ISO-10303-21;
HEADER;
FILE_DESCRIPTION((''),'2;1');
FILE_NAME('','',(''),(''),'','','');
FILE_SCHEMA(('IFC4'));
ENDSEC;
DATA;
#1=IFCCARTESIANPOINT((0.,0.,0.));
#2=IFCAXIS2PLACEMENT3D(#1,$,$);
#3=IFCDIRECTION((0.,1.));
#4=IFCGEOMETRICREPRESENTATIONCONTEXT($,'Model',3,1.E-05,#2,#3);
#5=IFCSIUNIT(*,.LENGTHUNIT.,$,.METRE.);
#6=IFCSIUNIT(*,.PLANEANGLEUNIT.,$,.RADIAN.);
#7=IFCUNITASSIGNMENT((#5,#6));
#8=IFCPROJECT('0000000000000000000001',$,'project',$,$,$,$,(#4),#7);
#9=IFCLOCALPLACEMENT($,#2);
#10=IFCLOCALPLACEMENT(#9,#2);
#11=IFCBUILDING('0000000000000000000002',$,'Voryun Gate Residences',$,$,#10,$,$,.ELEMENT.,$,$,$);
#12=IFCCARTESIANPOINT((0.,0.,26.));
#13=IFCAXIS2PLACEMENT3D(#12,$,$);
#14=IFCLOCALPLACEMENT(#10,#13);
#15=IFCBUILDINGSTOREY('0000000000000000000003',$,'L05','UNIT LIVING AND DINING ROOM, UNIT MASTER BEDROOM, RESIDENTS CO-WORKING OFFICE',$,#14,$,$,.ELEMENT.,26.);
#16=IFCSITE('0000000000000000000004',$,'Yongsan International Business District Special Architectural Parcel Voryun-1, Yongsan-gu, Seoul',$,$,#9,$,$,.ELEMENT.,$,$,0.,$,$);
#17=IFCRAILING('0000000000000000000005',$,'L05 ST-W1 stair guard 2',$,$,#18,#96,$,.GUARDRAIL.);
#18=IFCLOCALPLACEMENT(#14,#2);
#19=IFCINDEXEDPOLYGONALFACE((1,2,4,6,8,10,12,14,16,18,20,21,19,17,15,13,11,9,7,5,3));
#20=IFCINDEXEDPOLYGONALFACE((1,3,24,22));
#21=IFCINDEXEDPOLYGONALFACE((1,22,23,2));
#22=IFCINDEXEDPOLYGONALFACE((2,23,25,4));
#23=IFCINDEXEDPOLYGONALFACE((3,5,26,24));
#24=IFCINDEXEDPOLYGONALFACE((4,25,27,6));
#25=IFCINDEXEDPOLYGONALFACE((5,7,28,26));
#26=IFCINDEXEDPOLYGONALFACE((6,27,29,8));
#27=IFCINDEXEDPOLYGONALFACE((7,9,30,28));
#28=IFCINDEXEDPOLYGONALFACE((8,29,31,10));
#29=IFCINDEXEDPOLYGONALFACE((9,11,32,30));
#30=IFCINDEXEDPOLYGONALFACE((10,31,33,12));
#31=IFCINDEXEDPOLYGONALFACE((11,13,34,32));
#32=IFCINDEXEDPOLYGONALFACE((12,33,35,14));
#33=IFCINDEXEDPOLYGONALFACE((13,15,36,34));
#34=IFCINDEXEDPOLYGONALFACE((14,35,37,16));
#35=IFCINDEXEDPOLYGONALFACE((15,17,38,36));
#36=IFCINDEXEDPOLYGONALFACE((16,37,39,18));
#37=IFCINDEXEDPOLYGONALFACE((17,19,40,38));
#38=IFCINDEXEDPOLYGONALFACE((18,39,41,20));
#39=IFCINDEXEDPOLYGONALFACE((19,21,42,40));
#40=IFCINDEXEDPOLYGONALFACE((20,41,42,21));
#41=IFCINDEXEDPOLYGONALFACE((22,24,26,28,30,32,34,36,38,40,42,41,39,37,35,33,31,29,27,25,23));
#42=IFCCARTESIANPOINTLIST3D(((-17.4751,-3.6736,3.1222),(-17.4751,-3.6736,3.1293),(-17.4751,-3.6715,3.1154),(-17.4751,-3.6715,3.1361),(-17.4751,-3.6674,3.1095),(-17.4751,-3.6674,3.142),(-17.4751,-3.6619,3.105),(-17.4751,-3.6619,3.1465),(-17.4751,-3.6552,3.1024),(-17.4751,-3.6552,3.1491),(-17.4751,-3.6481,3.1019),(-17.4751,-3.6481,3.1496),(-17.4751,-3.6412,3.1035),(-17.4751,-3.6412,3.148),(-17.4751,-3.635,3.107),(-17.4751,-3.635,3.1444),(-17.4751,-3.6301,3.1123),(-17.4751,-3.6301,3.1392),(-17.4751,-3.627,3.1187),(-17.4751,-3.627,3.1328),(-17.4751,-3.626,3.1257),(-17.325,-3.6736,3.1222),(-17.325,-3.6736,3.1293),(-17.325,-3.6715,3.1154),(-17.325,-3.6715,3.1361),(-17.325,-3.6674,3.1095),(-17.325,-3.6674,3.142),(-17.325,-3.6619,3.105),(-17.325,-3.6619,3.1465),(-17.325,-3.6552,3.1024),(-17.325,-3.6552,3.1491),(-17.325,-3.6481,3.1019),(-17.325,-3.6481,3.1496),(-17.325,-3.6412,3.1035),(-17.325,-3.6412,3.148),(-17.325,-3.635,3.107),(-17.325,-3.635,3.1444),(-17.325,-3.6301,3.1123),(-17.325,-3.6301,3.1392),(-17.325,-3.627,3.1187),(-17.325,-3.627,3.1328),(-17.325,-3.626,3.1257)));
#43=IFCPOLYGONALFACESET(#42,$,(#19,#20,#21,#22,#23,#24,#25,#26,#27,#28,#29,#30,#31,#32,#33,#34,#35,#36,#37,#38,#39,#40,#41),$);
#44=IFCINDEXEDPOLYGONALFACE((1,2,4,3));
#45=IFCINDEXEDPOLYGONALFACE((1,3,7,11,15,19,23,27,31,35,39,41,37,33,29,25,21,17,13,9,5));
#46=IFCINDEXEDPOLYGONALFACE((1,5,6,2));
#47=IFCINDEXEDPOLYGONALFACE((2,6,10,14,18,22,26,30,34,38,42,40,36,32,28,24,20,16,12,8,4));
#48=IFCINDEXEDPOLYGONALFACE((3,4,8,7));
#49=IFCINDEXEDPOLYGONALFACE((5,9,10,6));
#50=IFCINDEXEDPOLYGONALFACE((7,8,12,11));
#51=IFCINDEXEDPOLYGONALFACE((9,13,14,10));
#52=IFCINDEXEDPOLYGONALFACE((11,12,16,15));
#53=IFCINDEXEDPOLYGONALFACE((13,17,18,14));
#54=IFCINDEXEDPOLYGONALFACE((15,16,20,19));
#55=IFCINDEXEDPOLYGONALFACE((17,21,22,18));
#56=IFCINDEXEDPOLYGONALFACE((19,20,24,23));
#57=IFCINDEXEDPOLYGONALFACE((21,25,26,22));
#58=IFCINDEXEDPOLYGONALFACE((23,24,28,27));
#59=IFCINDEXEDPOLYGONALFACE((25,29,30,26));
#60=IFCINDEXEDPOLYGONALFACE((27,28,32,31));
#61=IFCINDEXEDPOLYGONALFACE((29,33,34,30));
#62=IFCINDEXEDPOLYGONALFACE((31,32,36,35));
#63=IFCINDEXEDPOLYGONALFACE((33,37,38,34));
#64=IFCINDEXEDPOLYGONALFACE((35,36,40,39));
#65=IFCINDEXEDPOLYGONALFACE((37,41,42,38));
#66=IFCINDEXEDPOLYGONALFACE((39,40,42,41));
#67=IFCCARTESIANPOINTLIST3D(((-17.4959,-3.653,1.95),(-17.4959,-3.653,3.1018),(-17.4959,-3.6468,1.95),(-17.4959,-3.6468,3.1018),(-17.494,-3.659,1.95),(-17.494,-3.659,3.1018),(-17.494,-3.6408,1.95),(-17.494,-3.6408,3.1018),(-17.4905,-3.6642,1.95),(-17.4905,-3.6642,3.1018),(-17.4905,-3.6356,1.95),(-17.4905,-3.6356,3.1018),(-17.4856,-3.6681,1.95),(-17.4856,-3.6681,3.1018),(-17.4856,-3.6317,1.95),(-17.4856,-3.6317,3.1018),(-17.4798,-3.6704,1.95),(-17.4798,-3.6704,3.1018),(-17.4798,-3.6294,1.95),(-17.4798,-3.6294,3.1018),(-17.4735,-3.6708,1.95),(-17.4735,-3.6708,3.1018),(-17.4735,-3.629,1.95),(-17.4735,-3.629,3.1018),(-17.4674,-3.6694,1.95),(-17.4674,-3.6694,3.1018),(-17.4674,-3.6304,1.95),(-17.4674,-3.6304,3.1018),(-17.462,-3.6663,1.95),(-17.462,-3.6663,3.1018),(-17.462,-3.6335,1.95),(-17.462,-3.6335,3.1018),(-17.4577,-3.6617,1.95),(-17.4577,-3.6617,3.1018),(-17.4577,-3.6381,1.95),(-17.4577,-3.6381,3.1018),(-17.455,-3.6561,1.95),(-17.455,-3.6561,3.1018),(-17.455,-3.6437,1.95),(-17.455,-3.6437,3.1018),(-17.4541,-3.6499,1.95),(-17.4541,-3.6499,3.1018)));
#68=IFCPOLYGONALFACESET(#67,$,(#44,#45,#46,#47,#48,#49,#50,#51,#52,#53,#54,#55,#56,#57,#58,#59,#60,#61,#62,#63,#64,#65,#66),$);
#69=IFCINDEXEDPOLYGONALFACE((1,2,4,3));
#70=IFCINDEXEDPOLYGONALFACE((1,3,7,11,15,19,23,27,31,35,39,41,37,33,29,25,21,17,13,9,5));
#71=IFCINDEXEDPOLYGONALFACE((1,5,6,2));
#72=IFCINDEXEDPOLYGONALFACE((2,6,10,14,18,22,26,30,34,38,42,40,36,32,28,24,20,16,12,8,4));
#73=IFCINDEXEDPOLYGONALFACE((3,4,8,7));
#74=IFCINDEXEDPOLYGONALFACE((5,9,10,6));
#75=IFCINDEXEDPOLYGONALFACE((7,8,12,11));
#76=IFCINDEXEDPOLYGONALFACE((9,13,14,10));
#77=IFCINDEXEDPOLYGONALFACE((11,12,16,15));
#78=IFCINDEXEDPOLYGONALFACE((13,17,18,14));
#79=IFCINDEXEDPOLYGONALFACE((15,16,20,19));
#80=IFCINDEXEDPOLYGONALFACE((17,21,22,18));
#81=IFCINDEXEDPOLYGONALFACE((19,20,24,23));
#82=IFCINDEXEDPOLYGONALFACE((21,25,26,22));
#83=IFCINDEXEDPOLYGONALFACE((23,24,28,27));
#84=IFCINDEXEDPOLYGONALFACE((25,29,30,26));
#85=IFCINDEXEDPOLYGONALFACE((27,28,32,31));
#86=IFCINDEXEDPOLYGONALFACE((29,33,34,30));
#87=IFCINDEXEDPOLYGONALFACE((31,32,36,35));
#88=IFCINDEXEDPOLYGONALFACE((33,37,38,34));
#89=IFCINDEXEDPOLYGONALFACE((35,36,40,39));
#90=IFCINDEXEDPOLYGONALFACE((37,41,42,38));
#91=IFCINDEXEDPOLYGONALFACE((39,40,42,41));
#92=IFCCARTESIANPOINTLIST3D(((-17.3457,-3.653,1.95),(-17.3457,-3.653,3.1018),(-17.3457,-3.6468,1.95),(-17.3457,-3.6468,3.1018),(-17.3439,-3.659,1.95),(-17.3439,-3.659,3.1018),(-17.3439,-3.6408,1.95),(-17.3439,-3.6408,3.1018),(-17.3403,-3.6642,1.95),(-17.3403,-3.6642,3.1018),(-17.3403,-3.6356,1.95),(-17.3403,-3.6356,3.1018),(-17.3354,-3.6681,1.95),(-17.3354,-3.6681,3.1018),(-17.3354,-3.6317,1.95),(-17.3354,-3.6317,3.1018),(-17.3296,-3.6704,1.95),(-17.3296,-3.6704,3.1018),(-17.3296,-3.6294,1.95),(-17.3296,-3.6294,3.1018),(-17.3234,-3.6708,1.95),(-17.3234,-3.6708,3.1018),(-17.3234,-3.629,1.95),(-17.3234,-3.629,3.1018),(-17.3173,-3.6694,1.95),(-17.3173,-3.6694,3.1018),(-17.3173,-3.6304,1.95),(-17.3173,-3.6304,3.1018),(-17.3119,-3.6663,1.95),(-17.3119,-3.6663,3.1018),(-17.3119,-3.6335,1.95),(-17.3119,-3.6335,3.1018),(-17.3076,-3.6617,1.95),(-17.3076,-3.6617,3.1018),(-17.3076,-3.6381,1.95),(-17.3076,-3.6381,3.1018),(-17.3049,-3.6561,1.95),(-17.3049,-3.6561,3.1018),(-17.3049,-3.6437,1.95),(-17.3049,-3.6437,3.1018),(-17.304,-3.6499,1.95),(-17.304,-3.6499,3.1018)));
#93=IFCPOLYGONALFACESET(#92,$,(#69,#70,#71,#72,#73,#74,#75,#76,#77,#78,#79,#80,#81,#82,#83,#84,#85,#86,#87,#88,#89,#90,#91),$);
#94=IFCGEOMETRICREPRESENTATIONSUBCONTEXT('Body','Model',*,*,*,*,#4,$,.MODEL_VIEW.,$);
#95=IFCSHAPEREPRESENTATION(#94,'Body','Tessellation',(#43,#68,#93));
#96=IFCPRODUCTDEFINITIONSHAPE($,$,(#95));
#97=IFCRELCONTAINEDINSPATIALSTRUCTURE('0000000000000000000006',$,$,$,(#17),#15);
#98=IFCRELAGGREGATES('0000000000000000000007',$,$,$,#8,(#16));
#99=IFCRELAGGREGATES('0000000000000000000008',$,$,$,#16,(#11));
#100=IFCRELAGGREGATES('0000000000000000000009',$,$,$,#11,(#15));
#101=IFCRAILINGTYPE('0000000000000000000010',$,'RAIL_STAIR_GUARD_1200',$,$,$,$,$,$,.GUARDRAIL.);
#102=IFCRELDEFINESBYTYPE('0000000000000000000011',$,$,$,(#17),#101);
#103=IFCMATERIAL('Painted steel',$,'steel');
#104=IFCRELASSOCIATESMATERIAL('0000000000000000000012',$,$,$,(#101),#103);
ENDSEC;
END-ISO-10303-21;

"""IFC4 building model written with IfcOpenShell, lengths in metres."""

from ifc_helpers import new_model, si_unit, direction, frame, origin, origin_2d, place, context, subcontext, project, spatial, circle, extrude, material, type_object, element, save


model = new_model("IFC4")

# Units and contexts
model_context = context("Model", 3, precision=1e-05, world=origin(), true_north=direction((0.0, 1.0)))
body_context = subcontext(model_context, "Body", "Model", "MODEL_VIEW")
ifc_project = project(units=[si_unit("LENGTHUNIT", "METRE"), si_unit("PLANEANGLEUNIT", "RADIAN")], contexts=[model_context])

# Site, building, storey
site_placement = place(None, origin())
site = spatial("IfcSite", under=ifc_project, at=site_placement, Name="Yongsan International Business District Special Architectural Parcel Voryun-1, Yongsan-gu, Seoul", CompositionType="ELEMENT", RefElevation=0.0)
building_placement = place(site_placement, origin())
building = spatial("IfcBuilding", under=site, at=building_placement, Name="Voryun Gate Residences", CompositionType="ELEMENT")
storey_placement = place(building_placement, frame((0.0, 0.0, 26.0)))
storey = spatial("IfcBuildingStorey", under=building, at=storey_placement, Name="L05", Description="UNIT LIVING AND DINING ROOM, UNIT MASTER BEDROOM, RESIDENTS CO-WORKING OFFICE", CompositionType="ELEMENT", Elevation=26.0)

# Railing
ifc_material_1 = material(Name="Painted steel", Category="steel")
railing_type_1 = type_object("IfcRailingType", Name="RAIL_STAIR_GUARD_1200", PredefinedType="GUARDRAIL", material=ifc_material_1)
railing_1_placement = place(storey_placement, frame((-17.4751, -3.6499, 1.95)))
element("IfcRailing", 1, at=railing_1_placement, inside=storey, type_object=railing_type_1, Name="L05 ST-W1 stair guard 2", PredefinedType="GUARDRAIL", context=body_context, shape_type="SweptSolid", body=[
    extrude(circle(Radius=0.0239, at=origin_2d()), frame((0.0, 0.0, 1.1758), z_axis=(1.0, 0.0, 0.0), x_axis=(0.0, 1.0, 0.0)), (0.0, 0.0, 1.0), 0.1501),
    extrude(circle(Radius=0.021, at=origin_2d()), origin(), (0.0, 0.0, 1.0), 1.1519),
    extrude(circle(Radius=0.021, at=origin_2d()), frame((0.1501, 0.0, 0.0)), (0.0, 0.0, 1.0), 1.1519),
])

save(model, "model.ifc")
